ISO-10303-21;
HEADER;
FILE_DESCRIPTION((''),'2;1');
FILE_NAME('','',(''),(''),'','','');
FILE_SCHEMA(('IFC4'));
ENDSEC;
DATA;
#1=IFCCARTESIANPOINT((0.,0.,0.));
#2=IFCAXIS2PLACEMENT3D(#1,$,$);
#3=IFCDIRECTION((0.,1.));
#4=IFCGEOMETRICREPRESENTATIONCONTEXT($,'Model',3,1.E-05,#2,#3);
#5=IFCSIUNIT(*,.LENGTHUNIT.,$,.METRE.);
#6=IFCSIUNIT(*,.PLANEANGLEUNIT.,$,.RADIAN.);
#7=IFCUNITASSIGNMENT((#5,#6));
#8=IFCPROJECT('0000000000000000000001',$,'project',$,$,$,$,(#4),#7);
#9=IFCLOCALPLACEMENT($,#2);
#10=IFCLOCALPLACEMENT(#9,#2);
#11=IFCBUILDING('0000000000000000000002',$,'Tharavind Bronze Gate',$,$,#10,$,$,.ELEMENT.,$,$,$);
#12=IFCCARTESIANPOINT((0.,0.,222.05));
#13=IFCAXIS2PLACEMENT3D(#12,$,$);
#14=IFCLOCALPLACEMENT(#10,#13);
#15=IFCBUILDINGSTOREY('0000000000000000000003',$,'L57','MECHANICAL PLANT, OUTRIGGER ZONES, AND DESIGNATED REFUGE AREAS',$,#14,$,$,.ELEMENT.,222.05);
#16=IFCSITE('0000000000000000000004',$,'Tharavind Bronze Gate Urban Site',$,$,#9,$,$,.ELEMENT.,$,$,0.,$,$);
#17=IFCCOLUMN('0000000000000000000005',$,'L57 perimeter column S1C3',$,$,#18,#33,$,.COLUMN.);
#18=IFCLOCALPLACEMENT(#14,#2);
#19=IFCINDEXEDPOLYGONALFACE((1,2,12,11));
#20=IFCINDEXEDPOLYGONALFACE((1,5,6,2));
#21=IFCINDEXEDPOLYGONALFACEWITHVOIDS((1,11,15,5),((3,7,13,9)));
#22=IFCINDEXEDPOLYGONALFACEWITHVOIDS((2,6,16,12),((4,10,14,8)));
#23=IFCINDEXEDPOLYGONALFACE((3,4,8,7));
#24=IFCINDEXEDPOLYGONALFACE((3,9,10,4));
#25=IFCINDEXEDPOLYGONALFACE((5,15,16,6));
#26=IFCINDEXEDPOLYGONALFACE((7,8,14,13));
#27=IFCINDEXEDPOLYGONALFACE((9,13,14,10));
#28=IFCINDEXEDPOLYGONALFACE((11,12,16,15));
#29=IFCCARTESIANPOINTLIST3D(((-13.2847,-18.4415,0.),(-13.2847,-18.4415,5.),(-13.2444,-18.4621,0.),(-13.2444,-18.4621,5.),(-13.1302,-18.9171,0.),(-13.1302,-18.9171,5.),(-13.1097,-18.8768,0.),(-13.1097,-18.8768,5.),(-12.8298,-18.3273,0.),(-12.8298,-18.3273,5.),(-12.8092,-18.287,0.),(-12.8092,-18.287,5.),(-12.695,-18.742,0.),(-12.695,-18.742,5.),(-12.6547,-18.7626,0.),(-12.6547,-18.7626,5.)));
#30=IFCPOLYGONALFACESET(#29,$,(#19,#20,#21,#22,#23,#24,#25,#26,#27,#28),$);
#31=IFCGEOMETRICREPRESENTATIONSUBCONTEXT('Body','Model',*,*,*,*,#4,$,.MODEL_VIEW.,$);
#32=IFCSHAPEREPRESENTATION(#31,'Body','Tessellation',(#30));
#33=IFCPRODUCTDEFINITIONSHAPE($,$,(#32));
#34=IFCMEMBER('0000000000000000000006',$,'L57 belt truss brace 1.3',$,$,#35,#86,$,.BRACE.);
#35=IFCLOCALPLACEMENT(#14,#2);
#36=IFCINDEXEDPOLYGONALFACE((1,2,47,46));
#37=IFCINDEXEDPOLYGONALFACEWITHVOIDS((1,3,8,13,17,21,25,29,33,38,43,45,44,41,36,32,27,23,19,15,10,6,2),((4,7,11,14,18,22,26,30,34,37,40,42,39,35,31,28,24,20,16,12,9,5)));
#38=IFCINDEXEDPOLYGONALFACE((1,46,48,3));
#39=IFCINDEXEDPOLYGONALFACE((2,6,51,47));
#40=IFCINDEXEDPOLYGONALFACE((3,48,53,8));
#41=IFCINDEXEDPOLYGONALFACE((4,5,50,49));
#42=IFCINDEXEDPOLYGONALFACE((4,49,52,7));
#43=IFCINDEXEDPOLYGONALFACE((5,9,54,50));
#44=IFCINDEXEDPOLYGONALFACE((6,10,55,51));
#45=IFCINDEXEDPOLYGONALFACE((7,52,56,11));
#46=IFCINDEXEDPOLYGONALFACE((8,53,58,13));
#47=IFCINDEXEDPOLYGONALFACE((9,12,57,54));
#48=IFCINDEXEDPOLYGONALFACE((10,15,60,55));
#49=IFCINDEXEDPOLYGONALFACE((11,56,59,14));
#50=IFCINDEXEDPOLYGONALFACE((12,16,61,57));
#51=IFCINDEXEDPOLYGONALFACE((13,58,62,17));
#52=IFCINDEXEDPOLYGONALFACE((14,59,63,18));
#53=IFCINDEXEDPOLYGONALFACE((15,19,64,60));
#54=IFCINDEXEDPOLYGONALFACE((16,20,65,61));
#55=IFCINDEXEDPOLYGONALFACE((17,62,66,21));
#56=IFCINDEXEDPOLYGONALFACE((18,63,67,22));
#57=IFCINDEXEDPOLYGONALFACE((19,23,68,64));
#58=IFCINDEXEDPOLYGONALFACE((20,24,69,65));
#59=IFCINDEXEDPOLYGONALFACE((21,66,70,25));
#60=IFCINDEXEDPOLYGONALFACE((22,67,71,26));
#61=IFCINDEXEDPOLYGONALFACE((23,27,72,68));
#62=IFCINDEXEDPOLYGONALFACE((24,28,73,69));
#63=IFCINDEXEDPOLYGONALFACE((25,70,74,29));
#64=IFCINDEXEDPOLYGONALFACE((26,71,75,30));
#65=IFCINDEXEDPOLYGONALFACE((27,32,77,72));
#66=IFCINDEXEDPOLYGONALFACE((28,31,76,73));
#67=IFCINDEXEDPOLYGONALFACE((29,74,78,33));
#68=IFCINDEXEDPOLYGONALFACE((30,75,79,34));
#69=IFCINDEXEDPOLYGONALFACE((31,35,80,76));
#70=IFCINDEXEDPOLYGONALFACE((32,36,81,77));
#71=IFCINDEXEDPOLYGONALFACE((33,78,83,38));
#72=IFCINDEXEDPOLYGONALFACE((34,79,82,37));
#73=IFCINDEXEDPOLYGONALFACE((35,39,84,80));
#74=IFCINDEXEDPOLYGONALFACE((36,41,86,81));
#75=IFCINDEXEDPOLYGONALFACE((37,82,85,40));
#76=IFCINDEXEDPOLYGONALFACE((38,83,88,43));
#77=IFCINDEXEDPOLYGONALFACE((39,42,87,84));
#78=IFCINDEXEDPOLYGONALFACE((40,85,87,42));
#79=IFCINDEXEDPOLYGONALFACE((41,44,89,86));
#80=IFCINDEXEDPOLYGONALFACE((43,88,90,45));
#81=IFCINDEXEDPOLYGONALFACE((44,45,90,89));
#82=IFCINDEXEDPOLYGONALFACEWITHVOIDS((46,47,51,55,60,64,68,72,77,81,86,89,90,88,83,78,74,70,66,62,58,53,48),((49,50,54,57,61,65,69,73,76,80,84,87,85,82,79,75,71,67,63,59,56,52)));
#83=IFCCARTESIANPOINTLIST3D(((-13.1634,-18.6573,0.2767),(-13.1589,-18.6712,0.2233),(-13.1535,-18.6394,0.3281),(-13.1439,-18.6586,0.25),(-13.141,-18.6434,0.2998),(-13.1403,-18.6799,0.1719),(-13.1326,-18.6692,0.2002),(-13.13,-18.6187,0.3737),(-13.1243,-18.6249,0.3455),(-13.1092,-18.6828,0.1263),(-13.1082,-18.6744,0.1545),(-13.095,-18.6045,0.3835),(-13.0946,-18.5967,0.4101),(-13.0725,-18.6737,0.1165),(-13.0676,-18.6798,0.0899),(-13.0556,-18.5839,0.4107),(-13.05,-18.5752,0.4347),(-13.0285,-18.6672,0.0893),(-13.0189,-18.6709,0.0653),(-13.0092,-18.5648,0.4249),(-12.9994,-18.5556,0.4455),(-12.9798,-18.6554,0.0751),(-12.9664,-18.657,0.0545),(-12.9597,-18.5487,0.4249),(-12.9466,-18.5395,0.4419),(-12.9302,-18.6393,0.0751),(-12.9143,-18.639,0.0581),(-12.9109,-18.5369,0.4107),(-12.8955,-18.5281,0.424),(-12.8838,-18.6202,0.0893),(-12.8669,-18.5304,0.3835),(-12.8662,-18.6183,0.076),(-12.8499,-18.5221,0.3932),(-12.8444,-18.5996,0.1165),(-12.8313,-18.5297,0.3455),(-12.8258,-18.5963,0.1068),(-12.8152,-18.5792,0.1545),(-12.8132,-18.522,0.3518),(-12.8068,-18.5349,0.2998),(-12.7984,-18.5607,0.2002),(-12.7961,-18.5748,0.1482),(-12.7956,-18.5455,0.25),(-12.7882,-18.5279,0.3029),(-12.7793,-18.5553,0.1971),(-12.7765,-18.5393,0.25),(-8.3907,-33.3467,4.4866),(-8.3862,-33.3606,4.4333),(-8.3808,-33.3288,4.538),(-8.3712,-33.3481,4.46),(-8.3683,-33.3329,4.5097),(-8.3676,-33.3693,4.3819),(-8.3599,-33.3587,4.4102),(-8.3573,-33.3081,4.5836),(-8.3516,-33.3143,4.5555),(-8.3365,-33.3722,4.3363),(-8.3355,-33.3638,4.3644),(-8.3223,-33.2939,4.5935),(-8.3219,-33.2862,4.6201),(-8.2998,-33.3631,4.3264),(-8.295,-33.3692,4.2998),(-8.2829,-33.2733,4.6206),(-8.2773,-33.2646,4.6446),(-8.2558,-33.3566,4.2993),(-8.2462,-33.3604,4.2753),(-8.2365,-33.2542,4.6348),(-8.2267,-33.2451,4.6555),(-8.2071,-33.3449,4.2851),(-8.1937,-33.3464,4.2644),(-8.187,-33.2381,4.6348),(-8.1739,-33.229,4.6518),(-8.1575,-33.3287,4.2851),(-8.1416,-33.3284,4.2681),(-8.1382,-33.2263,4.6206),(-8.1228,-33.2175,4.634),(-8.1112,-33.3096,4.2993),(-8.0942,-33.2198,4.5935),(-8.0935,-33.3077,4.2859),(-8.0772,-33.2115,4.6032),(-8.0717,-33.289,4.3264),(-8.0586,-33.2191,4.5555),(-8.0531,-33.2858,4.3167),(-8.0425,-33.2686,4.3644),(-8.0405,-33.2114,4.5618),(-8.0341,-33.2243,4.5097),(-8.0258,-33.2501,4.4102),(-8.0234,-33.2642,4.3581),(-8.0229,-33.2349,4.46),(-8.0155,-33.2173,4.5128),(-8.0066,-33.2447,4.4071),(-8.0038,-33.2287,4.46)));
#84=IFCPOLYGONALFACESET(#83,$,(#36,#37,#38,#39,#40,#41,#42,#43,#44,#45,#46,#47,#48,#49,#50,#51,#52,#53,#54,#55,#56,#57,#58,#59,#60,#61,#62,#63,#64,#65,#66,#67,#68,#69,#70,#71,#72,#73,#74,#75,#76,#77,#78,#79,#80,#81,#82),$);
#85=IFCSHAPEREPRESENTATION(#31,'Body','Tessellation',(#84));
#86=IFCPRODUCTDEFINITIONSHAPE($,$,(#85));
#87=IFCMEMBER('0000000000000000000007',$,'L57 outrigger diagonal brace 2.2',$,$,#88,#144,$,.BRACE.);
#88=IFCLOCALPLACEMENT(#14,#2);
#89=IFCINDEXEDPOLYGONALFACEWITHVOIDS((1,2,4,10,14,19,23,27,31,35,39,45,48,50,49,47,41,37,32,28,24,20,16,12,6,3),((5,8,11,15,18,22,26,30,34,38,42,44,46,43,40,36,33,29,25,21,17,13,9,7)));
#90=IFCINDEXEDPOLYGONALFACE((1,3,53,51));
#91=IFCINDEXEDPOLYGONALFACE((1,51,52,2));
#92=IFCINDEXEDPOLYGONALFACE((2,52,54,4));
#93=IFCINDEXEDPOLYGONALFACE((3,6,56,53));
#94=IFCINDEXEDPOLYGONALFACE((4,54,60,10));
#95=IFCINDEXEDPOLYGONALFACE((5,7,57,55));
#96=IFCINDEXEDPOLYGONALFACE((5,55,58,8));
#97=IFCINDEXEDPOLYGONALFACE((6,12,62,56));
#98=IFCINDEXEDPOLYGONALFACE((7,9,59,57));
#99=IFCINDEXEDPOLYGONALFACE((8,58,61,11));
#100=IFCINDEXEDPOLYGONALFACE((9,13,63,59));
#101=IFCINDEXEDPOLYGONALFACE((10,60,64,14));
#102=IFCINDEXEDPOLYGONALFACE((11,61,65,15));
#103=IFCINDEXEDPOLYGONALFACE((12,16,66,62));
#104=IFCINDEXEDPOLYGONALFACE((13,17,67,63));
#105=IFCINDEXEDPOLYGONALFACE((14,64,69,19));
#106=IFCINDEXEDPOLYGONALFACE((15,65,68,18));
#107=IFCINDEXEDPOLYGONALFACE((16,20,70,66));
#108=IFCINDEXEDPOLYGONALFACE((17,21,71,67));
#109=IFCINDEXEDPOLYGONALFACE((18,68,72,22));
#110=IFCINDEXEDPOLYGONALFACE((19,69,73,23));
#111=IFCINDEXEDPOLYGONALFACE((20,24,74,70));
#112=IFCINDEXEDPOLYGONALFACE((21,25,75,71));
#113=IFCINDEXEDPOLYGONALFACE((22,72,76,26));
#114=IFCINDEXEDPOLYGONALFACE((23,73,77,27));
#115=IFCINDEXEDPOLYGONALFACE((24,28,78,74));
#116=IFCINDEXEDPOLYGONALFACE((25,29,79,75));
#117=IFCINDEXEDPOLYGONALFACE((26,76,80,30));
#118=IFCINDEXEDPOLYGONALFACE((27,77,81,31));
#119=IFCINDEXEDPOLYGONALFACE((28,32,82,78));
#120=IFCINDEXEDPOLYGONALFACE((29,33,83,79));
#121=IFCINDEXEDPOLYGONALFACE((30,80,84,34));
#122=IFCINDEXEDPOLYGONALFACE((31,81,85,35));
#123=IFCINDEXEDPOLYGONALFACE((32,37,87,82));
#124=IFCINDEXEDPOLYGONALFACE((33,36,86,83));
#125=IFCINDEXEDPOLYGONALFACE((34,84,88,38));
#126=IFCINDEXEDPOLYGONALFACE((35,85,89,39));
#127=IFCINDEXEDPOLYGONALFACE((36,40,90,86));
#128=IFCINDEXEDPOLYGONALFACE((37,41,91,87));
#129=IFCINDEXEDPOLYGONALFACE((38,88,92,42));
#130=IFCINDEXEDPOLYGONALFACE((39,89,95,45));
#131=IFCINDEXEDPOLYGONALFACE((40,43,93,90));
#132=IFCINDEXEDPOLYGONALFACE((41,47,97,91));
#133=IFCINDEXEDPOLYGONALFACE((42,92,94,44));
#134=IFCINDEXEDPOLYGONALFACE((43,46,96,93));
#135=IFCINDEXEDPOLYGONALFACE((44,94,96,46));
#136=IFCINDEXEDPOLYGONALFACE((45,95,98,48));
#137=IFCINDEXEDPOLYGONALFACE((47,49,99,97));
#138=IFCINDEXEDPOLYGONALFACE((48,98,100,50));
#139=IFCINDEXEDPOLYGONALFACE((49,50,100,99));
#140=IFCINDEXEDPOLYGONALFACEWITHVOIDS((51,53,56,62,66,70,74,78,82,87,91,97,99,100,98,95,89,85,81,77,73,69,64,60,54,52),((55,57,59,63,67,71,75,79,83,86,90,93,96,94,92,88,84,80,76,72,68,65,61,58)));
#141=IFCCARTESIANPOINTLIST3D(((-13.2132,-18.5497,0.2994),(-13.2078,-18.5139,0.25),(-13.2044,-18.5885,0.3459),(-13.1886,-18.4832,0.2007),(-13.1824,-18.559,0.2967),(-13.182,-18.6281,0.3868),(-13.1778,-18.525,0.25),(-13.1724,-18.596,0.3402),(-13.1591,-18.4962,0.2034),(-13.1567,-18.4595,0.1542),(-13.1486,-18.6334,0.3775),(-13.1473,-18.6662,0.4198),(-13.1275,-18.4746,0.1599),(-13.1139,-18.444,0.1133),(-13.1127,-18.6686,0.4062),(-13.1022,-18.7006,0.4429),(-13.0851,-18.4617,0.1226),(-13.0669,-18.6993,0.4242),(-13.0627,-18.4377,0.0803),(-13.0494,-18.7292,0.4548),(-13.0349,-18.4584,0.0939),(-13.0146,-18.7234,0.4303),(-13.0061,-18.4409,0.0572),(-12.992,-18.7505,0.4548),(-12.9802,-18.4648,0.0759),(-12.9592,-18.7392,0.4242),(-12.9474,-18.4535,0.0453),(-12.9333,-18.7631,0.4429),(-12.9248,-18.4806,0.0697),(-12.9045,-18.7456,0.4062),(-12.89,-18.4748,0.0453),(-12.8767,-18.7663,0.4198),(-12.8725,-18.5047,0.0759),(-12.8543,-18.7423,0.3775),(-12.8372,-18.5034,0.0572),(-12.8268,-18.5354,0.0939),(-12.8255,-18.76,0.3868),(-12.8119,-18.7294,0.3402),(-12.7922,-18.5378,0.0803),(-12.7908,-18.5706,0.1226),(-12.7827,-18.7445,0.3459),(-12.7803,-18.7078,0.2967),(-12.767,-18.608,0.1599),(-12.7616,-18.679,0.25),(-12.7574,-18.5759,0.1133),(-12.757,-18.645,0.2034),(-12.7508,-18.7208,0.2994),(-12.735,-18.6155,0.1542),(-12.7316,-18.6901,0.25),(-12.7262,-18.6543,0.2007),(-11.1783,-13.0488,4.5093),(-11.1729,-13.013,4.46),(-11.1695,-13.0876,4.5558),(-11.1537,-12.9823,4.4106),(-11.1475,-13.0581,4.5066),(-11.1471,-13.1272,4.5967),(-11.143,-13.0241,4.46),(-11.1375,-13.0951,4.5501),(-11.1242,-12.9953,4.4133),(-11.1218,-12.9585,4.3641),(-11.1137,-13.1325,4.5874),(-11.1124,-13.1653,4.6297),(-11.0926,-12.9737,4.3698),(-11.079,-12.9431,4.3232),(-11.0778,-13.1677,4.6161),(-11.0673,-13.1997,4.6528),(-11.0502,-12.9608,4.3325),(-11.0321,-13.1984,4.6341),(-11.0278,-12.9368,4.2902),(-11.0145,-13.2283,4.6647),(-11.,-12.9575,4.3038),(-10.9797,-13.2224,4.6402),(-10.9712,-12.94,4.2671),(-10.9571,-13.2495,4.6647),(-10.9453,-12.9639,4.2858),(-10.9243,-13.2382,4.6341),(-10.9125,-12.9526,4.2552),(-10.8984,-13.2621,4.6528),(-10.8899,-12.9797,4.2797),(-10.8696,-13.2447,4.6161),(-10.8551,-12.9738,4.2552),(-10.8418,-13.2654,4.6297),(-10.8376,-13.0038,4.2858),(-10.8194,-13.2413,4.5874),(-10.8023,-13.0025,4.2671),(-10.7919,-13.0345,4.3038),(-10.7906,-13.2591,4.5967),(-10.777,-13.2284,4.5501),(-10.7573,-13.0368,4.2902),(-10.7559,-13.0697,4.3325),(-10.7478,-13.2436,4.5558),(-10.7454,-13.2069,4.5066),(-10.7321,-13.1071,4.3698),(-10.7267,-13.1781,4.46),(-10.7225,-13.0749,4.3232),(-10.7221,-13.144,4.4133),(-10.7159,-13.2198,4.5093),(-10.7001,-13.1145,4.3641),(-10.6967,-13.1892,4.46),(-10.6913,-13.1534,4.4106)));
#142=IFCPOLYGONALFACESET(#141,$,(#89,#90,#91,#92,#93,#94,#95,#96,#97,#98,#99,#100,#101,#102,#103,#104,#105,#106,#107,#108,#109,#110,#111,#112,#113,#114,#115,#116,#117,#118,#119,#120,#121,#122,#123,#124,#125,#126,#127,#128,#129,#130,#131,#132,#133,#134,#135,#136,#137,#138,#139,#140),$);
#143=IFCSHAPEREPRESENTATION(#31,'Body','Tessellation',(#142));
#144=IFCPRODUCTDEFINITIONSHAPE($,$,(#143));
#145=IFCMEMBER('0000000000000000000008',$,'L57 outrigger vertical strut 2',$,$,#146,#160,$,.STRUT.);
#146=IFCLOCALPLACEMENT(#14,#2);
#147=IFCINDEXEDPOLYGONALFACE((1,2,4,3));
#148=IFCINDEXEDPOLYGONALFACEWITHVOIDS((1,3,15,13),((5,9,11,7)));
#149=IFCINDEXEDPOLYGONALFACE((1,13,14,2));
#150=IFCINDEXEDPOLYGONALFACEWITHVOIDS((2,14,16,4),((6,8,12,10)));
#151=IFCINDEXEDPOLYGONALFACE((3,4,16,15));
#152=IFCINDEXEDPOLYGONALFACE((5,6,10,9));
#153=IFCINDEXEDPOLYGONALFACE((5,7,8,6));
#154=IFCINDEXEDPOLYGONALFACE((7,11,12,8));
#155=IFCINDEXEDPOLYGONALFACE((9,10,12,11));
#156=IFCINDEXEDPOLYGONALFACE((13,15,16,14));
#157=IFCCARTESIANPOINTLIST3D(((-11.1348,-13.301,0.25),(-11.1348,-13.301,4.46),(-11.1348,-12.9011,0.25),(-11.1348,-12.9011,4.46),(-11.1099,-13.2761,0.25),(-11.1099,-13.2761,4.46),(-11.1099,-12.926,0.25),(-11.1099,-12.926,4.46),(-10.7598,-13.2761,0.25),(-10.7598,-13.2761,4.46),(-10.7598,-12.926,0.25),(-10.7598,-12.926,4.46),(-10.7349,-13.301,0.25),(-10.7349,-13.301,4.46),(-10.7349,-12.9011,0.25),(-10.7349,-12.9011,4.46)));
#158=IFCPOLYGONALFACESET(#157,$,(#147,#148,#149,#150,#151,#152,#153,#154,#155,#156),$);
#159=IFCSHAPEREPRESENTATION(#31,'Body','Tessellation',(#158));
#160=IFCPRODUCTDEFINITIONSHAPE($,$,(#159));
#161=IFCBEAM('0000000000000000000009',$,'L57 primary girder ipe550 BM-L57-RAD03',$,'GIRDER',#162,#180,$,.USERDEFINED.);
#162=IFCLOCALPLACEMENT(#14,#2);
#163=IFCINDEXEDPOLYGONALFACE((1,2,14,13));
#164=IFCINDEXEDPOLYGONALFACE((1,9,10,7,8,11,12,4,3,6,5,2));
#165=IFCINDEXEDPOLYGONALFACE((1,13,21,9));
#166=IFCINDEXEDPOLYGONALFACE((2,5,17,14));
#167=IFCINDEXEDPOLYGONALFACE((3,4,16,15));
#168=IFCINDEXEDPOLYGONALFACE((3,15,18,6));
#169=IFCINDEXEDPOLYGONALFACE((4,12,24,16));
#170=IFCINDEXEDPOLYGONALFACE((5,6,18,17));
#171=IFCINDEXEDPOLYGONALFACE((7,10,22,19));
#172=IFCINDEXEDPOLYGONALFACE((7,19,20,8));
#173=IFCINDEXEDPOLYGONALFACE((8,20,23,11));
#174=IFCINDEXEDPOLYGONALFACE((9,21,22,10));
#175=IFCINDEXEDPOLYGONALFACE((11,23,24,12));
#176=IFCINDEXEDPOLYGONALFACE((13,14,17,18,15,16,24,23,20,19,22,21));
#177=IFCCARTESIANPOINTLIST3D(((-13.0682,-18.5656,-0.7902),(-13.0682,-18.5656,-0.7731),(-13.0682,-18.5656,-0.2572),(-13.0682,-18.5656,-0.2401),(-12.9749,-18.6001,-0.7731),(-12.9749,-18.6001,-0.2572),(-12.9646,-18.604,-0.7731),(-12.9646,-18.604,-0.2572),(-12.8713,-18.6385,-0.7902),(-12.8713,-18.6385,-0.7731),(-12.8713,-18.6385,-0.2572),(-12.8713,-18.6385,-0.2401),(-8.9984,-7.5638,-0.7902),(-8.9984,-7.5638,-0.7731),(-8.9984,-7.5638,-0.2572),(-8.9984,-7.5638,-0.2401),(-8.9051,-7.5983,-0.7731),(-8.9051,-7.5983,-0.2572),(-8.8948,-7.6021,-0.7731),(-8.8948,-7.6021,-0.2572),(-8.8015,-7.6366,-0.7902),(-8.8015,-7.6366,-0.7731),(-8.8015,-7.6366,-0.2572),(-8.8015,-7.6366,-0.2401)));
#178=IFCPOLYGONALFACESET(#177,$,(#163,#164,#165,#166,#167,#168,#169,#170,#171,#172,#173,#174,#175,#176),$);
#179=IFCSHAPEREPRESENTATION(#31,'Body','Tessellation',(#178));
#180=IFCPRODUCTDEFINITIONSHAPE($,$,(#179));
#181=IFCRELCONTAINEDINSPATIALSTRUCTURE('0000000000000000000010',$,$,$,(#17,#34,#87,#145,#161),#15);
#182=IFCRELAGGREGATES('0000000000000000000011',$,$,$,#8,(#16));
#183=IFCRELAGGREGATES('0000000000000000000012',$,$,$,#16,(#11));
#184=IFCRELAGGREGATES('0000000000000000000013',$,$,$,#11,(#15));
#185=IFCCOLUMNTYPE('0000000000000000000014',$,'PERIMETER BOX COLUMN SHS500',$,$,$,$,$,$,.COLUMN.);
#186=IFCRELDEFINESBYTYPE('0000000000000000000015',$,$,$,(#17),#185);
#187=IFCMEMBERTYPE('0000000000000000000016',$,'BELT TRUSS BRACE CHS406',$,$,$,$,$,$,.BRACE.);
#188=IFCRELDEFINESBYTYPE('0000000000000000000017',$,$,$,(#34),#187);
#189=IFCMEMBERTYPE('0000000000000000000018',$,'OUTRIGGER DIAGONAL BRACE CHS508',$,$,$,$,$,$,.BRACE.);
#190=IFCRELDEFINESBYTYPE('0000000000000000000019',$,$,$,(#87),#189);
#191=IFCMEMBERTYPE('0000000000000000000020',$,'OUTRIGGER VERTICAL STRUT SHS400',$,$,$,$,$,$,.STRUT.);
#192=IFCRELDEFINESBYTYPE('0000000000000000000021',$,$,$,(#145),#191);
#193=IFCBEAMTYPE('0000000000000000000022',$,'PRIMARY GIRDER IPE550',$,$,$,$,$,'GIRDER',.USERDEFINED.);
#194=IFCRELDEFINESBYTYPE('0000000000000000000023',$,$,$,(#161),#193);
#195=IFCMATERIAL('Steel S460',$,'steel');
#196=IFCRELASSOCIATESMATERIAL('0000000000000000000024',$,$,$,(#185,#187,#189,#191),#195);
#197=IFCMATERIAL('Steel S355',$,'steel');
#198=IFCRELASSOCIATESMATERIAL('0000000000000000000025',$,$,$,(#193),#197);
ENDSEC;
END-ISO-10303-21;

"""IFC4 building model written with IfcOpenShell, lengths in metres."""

from ifc_helpers import new_model, si_unit, direction, frame, origin, origin_2d, place, context, subcontext, project, spatial, hollow_rectangle, hollow_circle, i_section, extrude, material, material_profile, profile_set, type_object, element, save


model = new_model("IFC4")

# Units and contexts
model_context = context("Model", 3, precision=1e-05, world=origin(), true_north=direction((0.0, 1.0)))
body_context = subcontext(model_context, "Body", "Model", "MODEL_VIEW")
ifc_project = project(units=[si_unit("LENGTHUNIT", "METRE"), si_unit("PLANEANGLEUNIT", "RADIAN")], contexts=[model_context])

# Site, building, storey
site_placement = place(None, origin())
site = spatial("IfcSite", under=ifc_project, at=site_placement, Name="Tharavind Bronze Gate Urban Site", CompositionType="ELEMENT", RefElevation=0.0)
building_placement = place(site_placement, origin())
building = spatial("IfcBuilding", under=site, at=building_placement, Name="Tharavind Bronze Gate", CompositionType="ELEMENT")
storey_placement = place(building_placement, frame((0.0, 0.0, 222.05)))
storey = spatial("IfcBuildingStorey", under=building, at=storey_placement, Name="L57", Description="MECHANICAL PLANT, OUTRIGGER ZONES, AND DESIGNATED REFUGE AREAS", CompositionType="ELEMENT", Elevation=222.05)

# Column
ifc_material_1 = material(Name="Steel S460", Category="steel")
ifc_material_profile_1 = material_profile(ifc_material_1, hollow_rectangle(XDim=0.5, YDim=0.5, WallThickness=0.032, at=origin_2d()), Name="SHS500X32")
ifc_profile_set_1 = profile_set([ifc_material_profile_1], Name="Steel S460")
column_type = type_object("IfcColumnType", Name="PERIMETER BOX COLUMN SHS500", PredefinedType="COLUMN", material=ifc_profile_set_1)
column_placement = place(storey_placement, frame((-12.9697, -18.6021, 0.0), z_axis=(0.0, 0.0, 1.0), x_axis=(-0.309017, 0.951057, 0.0)))
element("IfcColumn", 1, at=column_placement, inside=storey, type_object=column_type, Name="L57 perimeter column S1C3", PredefinedType="COLUMN", context=body_context, shape_type="SweptSolid", body=[
    extrude(hollow_rectangle(XDim=0.5, YDim=0.5, WallThickness=0.032, at=origin_2d()), origin(), (0.0, 0.0, 1.0), 5.0),
])

# Members
ifc_material_profile_2 = material_profile(ifc_material_1, hollow_circle(Radius=0.2031, WallThickness=0.02, at=origin_2d()), Name="CHS406X20")
ifc_profile_set_2 = profile_set([ifc_material_profile_2], Name="Steel S460")
member_type_1 = type_object("IfcMemberType", Name="BELT TRUSS BRACE CHS406", PredefinedType="BRACE", material=ifc_profile_set_2)
member_1_placement = place(storey_placement, frame((-12.9697, -18.6021, 0.25), z_axis=(0.29813, -0.917585, 0.262977), x_axis=(0.95106, 0.309006, 0.0)))
element("IfcMember", 2, at=member_1_placement, inside=storey, type_object=member_type_1, Name="L57 belt truss brace 1.3", PredefinedType="BRACE", context=body_context, shape_type="SweptSolid", body=[
    extrude(hollow_circle(Radius=0.2031, WallThickness=0.02, at=origin_2d()), origin(), (0.0, 0.0, 1.0), 16.0088),
])
ifc_material_profile_3 = material_profile(ifc_material_1, hollow_circle(Radius=0.2539, WallThickness=0.032, at=origin_2d()), Name="CHS508X32")
ifc_profile_set_3 = profile_set([ifc_material_profile_3], Name="Steel S460")
member_type_2 = type_object("IfcMemberType", Name="OUTRIGGER DIAGONAL BRACE CHS508", PredefinedType="BRACE", material=ifc_profile_set_3)
member_2_placement = place(storey_placement, frame((-10.9348, -13.1011, 4.46), z_axis=(-0.281852, -0.76193, -0.583114), x_axis=(0.937887, -0.346942, 0.0)))
element("IfcMember", 3, at=member_2_placement, inside=storey, type_object=member_type_2, Name="L57 outrigger diagonal brace 2.2", PredefinedType="BRACE", context=body_context, shape_type="SweptSolid", body=[
    extrude(hollow_circle(Radius=0.2539, WallThickness=0.032, at=origin_2d()), origin(), (0.0, 0.0, 1.0), 7.2197),
])
ifc_material_profile_4 = material_profile(ifc_material_1, hollow_rectangle(XDim=0.3999, YDim=0.3999, WallThickness=0.0249, at=origin_2d()), Name="SHS400X25")
ifc_profile_set_4 = profile_set([ifc_material_profile_4], Name="Steel S460")
member_type_3 = type_object("IfcMemberType", Name="OUTRIGGER VERTICAL STRUT SHS400", PredefinedType="STRUT", material=ifc_profile_set_4)
member_3_placement = place(storey_placement, frame((-10.9348, -13.1011, 0.25), z_axis=(0.0, 0.0, 1.0), x_axis=(1.0, 0.0, 0.0)))
element("IfcMember", 4, at=member_3_placement, inside=storey, type_object=member_type_3, Name="L57 outrigger vertical strut 2", PredefinedType="STRUT", context=body_context, shape_type="SweptSolid", body=[
    extrude(hollow_rectangle(XDim=0.3999, YDim=0.3999, WallThickness=0.0249, at=origin_2d()), origin(), (0.0, 0.0, 1.0), 4.21),
])

# Beam
ifc_material_2 = material(Name="Steel S355", Category="steel")
ifc_material_profile_5 = material_profile(ifc_material_2, i_section(OverallWidth=0.21, OverallDepth=0.55, WebThickness=0.011, FlangeThickness=0.0171, at=origin_2d()), Name="IPE550")
ifc_profile_set_5 = profile_set([ifc_material_profile_5], Name="Steel S355")
beam_type_1 = type_object("IfcBeamType", Name="PRIMARY GIRDER IPE550", ElementType="GIRDER", PredefinedType="USERDEFINED", material=ifc_profile_set_5)
beam_1_placement = place(storey_placement, frame((-12.9697, -18.6021, -0.5151), z_axis=(0.346942, 0.937887, 0.0), x_axis=(-0.937887, 0.346942, 0.0)))
element("IfcBeam", 5, at=beam_1_placement, inside=storey, type_object=beam_type_1, Name="L57 primary girder ipe550 BM-L57-RAD03", ObjectType="GIRDER", PredefinedType="USERDEFINED", context=body_context, shape_type="SweptSolid", body=[
    extrude(i_section(OverallWidth=0.21, OverallDepth=0.55, WebThickness=0.011, FlangeThickness=0.0171, at=origin_2d()), origin(), (0.0, 0.0, 1.0), 11.7305),
])

save(model, "model.ifc")
